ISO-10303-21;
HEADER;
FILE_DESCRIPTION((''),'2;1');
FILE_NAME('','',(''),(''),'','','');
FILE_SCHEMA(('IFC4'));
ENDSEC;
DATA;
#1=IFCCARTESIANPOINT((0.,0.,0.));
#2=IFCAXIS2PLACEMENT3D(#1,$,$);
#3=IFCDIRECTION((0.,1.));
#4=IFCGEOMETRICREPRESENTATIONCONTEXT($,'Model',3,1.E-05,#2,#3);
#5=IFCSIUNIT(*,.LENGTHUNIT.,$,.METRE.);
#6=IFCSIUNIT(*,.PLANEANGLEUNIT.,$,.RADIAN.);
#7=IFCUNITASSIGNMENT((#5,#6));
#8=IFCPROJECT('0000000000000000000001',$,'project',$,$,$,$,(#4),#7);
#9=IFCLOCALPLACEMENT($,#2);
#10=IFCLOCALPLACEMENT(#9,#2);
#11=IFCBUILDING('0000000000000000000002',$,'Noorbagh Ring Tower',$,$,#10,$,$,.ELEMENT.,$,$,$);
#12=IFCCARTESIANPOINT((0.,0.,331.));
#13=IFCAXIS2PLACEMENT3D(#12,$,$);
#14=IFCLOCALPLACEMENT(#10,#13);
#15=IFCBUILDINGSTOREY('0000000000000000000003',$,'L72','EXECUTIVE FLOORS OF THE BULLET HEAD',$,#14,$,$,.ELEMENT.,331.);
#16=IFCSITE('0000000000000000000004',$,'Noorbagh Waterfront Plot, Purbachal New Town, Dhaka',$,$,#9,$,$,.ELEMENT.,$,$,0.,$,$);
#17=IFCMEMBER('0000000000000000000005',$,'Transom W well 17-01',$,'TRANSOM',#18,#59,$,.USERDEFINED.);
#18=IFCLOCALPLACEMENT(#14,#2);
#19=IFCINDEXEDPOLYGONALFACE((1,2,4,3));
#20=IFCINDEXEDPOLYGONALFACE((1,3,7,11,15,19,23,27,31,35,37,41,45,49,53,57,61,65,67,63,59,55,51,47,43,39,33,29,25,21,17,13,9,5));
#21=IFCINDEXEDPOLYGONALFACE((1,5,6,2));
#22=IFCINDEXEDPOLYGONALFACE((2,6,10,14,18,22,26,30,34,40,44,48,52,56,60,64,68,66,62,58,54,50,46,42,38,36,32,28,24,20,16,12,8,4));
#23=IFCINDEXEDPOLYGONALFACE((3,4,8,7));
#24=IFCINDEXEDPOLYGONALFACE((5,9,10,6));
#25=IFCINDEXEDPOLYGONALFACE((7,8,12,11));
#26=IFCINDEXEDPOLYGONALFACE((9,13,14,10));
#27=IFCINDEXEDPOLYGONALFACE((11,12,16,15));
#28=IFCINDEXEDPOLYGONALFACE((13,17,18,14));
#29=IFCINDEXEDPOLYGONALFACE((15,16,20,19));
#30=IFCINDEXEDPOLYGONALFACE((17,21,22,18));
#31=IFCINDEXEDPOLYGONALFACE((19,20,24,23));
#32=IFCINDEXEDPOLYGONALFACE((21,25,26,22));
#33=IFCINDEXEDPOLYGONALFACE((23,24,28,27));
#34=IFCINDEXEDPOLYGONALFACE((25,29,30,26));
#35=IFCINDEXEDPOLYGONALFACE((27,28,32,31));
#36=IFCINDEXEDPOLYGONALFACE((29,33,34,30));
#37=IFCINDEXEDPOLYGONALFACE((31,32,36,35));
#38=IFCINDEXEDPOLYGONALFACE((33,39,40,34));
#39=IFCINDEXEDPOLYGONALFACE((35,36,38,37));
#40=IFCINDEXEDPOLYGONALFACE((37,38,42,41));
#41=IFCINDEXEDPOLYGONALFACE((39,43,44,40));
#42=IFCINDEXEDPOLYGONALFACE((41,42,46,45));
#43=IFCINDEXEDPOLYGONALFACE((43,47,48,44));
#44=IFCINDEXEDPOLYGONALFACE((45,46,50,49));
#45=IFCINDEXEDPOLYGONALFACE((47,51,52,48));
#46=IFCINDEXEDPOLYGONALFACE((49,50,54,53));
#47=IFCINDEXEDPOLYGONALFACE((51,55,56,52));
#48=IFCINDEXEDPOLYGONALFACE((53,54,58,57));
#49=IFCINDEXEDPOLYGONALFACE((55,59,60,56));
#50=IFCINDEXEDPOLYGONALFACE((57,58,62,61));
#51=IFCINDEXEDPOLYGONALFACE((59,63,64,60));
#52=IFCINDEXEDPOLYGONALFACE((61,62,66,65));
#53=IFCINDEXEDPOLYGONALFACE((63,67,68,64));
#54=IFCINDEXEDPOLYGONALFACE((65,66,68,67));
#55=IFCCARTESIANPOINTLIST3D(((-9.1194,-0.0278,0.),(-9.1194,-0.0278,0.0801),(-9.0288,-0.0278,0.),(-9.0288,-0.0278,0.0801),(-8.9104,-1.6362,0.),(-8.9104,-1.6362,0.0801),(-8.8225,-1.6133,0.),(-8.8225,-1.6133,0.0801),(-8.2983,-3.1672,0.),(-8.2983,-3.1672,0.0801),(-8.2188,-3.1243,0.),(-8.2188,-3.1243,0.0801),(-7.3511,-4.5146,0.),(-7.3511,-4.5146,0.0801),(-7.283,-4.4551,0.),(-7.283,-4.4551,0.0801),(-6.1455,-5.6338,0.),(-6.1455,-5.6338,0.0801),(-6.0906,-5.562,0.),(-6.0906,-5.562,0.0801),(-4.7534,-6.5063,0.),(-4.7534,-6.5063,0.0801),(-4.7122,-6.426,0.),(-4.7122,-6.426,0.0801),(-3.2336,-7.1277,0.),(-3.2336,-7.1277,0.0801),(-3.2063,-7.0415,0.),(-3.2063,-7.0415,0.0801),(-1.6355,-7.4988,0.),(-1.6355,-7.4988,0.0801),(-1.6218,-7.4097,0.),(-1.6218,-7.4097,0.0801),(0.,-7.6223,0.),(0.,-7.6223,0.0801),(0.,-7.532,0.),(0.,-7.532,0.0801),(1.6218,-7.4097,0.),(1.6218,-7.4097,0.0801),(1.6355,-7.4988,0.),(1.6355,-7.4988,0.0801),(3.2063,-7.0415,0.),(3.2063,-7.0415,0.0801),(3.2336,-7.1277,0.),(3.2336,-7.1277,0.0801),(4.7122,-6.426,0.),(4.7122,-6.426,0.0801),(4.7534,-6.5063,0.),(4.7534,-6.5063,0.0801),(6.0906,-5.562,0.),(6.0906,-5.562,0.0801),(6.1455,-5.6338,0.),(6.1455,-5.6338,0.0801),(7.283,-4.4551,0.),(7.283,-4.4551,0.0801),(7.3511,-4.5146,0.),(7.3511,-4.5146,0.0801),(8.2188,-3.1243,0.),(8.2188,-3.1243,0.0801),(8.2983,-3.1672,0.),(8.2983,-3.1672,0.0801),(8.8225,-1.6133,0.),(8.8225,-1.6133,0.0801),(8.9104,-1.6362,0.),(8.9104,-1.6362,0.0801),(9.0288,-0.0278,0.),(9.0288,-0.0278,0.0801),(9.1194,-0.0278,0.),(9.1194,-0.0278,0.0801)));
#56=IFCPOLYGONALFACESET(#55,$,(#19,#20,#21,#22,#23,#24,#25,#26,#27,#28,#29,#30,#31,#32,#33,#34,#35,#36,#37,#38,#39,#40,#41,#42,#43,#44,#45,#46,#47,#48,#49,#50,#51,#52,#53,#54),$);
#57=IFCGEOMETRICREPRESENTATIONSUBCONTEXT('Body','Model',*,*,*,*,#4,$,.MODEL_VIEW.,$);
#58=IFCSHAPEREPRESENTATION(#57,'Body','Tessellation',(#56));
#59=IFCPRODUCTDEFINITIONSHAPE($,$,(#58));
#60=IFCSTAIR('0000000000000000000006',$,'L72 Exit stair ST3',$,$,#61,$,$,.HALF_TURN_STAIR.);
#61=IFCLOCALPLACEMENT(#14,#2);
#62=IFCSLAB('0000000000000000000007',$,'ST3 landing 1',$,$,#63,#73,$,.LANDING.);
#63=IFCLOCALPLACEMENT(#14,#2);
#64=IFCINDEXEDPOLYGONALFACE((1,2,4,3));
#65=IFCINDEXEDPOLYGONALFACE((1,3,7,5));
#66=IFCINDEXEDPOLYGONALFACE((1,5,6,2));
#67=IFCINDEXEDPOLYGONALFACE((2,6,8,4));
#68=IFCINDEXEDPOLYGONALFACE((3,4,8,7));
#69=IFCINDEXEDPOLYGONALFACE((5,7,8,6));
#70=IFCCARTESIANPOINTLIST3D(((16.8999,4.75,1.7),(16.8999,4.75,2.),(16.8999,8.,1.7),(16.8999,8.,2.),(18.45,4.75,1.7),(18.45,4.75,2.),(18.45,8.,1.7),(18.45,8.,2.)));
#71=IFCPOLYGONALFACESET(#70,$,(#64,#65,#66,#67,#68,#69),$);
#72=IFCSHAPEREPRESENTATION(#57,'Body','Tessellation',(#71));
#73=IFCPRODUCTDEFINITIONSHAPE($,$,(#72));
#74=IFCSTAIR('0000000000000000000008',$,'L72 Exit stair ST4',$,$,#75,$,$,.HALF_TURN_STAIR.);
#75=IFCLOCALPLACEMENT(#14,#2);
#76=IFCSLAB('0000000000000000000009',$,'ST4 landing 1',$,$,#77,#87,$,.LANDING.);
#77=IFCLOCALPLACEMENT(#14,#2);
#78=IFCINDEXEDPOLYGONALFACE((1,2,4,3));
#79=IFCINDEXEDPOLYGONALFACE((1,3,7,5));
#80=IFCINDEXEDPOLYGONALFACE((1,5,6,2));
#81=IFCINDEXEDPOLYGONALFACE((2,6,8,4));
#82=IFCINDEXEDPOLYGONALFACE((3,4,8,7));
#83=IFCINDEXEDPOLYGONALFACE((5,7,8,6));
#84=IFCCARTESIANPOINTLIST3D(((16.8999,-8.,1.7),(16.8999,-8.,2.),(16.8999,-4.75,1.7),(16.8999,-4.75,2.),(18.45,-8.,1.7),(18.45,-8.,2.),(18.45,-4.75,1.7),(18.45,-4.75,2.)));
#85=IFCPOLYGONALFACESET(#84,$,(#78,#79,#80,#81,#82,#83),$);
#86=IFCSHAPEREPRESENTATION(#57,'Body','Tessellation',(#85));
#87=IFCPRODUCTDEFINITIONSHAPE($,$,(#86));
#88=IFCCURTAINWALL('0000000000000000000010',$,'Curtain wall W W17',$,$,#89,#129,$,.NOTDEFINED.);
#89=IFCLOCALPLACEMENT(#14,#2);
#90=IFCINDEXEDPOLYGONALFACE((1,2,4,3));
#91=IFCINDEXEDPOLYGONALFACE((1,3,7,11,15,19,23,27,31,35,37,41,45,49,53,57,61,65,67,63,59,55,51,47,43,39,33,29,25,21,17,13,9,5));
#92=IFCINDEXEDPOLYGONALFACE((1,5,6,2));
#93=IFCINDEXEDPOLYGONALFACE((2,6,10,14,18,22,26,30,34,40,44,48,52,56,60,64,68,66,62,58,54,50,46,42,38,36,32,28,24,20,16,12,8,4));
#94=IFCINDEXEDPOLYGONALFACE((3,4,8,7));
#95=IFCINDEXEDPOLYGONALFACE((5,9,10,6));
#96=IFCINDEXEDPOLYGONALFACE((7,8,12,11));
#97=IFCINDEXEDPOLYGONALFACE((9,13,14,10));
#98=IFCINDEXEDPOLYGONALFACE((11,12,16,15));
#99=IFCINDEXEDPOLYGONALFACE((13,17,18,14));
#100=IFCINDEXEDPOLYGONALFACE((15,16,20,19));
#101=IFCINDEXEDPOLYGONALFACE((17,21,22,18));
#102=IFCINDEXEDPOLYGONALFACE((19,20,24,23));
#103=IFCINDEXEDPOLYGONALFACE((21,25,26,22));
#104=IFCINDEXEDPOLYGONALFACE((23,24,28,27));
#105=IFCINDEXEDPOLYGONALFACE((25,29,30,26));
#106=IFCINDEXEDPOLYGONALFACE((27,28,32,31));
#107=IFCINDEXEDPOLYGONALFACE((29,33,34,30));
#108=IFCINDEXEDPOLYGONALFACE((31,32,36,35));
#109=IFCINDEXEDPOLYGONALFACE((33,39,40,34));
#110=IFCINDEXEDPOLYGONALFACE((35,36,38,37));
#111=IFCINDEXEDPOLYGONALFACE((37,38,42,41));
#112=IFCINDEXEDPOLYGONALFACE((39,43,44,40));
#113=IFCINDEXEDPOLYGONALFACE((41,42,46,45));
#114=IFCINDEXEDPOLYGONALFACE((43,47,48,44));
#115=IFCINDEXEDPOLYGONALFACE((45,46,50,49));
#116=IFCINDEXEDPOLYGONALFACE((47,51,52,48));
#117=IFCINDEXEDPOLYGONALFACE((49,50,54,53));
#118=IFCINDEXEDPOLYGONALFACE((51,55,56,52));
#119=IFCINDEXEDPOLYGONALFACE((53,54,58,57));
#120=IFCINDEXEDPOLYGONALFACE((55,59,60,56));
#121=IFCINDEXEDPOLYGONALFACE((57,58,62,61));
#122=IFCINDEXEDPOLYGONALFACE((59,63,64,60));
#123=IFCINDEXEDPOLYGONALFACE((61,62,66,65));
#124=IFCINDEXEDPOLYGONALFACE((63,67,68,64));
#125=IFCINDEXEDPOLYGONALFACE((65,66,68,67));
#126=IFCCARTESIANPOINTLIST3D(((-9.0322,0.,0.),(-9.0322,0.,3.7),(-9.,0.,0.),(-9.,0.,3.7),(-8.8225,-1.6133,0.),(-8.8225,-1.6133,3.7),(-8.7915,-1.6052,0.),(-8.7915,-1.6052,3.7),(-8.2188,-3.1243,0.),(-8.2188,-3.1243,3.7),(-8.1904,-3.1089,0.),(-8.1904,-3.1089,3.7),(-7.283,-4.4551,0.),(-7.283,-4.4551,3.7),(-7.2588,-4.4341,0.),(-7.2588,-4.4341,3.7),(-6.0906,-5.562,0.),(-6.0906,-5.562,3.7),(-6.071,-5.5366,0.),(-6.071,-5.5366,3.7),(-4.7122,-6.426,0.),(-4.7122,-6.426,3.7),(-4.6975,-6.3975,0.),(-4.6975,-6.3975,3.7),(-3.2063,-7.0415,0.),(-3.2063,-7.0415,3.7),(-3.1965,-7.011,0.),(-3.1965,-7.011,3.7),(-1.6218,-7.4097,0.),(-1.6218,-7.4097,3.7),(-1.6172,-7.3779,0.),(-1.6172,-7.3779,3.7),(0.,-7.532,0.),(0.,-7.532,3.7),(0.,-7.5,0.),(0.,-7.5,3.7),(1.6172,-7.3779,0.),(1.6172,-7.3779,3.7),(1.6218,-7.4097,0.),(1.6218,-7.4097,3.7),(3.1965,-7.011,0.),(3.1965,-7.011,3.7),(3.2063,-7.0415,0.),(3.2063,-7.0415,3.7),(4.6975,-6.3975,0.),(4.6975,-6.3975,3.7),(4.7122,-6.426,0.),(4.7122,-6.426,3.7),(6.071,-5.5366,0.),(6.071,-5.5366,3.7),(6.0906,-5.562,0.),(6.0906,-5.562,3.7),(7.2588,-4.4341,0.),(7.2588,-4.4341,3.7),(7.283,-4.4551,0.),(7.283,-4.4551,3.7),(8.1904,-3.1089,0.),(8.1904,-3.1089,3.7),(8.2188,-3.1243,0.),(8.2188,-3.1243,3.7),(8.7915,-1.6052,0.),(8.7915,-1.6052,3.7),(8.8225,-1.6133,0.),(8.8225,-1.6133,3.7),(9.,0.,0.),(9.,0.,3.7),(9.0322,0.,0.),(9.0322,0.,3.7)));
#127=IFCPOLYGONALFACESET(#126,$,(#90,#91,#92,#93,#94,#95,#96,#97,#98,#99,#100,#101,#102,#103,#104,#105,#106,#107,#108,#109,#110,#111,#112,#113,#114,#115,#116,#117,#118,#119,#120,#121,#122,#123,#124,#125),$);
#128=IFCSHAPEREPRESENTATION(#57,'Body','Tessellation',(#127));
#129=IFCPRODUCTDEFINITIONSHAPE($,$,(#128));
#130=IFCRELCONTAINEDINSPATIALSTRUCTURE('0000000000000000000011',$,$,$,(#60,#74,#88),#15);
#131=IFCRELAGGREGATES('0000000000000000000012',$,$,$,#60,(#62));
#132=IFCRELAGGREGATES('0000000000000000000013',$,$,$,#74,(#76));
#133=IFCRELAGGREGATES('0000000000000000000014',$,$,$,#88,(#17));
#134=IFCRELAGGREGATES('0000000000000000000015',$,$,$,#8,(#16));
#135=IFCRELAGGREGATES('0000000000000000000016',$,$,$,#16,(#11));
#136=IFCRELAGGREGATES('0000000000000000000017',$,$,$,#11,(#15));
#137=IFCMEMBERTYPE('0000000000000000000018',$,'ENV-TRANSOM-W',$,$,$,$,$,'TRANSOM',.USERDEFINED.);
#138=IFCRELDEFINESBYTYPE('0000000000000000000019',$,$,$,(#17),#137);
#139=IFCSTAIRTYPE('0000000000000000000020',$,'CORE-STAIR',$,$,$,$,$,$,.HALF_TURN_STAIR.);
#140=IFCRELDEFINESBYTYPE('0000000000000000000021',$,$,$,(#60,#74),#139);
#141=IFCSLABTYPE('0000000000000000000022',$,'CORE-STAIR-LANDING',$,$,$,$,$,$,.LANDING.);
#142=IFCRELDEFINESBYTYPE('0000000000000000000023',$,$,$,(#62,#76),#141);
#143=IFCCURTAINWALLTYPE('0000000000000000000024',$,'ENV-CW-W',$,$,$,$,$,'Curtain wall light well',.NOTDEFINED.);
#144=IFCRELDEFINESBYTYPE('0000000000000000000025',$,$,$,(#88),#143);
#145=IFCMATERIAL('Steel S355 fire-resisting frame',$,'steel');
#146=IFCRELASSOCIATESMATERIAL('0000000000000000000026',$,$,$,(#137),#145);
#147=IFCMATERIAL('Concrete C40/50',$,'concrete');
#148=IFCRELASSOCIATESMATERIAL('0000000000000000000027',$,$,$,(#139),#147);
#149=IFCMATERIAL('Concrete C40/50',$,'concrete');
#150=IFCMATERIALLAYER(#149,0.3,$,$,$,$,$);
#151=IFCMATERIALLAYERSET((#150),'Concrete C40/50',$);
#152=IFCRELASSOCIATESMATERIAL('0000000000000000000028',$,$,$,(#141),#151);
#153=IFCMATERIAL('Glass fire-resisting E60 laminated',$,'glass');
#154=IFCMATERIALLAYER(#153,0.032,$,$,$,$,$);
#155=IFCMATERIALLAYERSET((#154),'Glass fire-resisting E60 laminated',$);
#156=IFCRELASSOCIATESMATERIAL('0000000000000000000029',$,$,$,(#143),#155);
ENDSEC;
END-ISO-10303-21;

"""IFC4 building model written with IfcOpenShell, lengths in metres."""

from ifc_helpers import new_model, si_unit, direction, frame, origin, place, context, subcontext, project, spatial, polyline, outline, extrude, material, layer, layer_set, type_object, element, aggregate, save


model = new_model("IFC4")

# Units and contexts
model_context = context("Model", 3, precision=1e-05, world=origin(), true_north=direction((0.0, 1.0)))
body_context = subcontext(model_context, "Body", "Model", "MODEL_VIEW")
ifc_project = project(units=[si_unit("LENGTHUNIT", "METRE"), si_unit("PLANEANGLEUNIT", "RADIAN")], contexts=[model_context])

# Member
ifc_material_1 = material(Name="Steel S355 fire-resisting frame", Category="steel")
member_type = type_object("IfcMemberType", Name="ENV-TRANSOM-W", ElementType="TRANSOM", PredefinedType="USERDEFINED", material=ifc_material_1)
site_placement = place(None, origin())
building_placement = place(site_placement, origin())
storey_placement = place(building_placement, frame((0.0, 0.0, 331.0)))
member_placement = place(storey_placement, origin())
member = element("IfcMember", 1, at=member_placement, type_object=member_type, Name="Transom W well 17-01", ObjectType="TRANSOM", PredefinedType="USERDEFINED", context=body_context, shape_type="SweptSolid", body=[
    extrude(outline(polyline([(-9.1194, -0.0278), (-8.9104, -1.6362), (-8.2983, -3.1672), (-7.3511, -4.5146), (-6.1455, -5.6338), (-4.7534, -6.5063), (-3.2336, -7.1277), (-1.6355, -7.4988), (0.0, -7.6223), (1.6355, -7.4988), (3.2336, -7.1277), (4.7534, -6.5063), (6.1455, -5.6338), (7.3511, -4.5146), (8.2983, -3.1672), (8.9104, -1.6362), (9.1194, -0.0278), (9.0288, -0.0278), (8.8225, -1.6133), (8.2188, -3.1243), (7.283, -4.4551), (6.0906, -5.562), (4.7122, -6.426), (3.2063, -7.0415), (1.6218, -7.4097), (0.0, -7.532), (-1.6218, -7.4097), (-3.2063, -7.0415), (-4.7122, -6.426), (-6.0906, -5.562), (-7.283, -4.4551), (-8.2188, -3.1243), (-8.8225, -1.6133), (-9.0288, -0.0278), (-9.1194, -0.0278)])), origin(), (0.0, 0.0, 1.0), 0.0801),
])

# Site, building, storey
site = spatial("IfcSite", under=ifc_project, at=site_placement, Name="Noorbagh Waterfront Plot, Purbachal New Town, Dhaka", CompositionType="ELEMENT", RefElevation=0.0)
building = spatial("IfcBuilding", under=site, at=building_placement, Name="Noorbagh Ring Tower", CompositionType="ELEMENT")
storey = spatial("IfcBuildingStorey", under=building, at=storey_placement, Name="L72", Description="EXECUTIVE FLOORS OF THE BULLET HEAD", CompositionType="ELEMENT", Elevation=331.0)

# Stairs, slabs
ifc_material_2 = material(Name="Concrete C40/50", Category="concrete")
stair_type = type_object("IfcStairType", Name="CORE-STAIR", PredefinedType="HALF_TURN_STAIR", material=ifc_material_2)
stair_1_placement = place(storey_placement, origin())
stair_1 = element("IfcStair", 2, at=stair_1_placement, inside=storey, type_object=stair_type, Name="L72 Exit stair ST3", PredefinedType="HALF_TURN_STAIR")
ifc_material_3 = material(Name="Concrete C40/50", Category="concrete")
ifc_layer_1 = layer(ifc_material_3, 0.3)
ifc_layer_set_1 = layer_set([ifc_layer_1], Name="Concrete C40/50")
slab_type = type_object("IfcSlabType", Name="CORE-STAIR-LANDING", PredefinedType="LANDING", material=ifc_layer_set_1)
slab_1_placement = place(storey_placement, frame((0.0, 0.0, 1.7)))
slab_1 = element("IfcSlab", 3, at=slab_1_placement, type_object=slab_type, Name="ST3 landing 1", PredefinedType="LANDING", context=body_context, shape_type="SweptSolid", body=[
    extrude(outline(polyline([(18.45, 8.0), (16.8999, 8.0), (16.8999, 4.75), (18.45, 4.75), (18.45, 8.0)])), origin(), (0.0, 0.0, 1.0), 0.3),
])
aggregate(stair_1, [slab_1])
stair_2_placement = place(storey_placement, origin())
stair_2 = element("IfcStair", 4, at=stair_2_placement, inside=storey, type_object=stair_type, Name="L72 Exit stair ST4", PredefinedType="HALF_TURN_STAIR")
slab_2_placement = place(storey_placement, frame((0.0, 0.0, 1.7)))
slab_2 = element("IfcSlab", 5, at=slab_2_placement, type_object=slab_type, Name="ST4 landing 1", PredefinedType="LANDING", context=body_context, shape_type="SweptSolid", body=[
    extrude(outline(polyline([(18.45, -4.75), (16.8999, -4.75), (16.8999, -8.0), (18.45, -8.0), (18.45, -4.75)])), origin(), (0.0, 0.0, 1.0), 0.3),
])
aggregate(stair_2, [slab_2])

# Curtain wall
ifc_material_4 = material(Name="Glass fire-resisting E60 laminated", Category="glass")
ifc_layer_2 = layer(ifc_material_4, 0.032)
ifc_layer_set_2 = layer_set([ifc_layer_2], Name="Glass fire-resisting E60 laminated")
curtain_wall_type = type_object("IfcCurtainWallType", Name="ENV-CW-W", ElementType="Curtain wall light well", PredefinedType="NOTDEFINED", material=ifc_layer_set_2)
curtain_wall_placement = place(storey_placement, origin())
curtain_wall = element("IfcCurtainWall", 6, at=curtain_wall_placement, inside=storey, type_object=curtain_wall_type, Name="Curtain wall W W17", PredefinedType="NOTDEFINED", context=body_context, shape_type="SweptSolid", body=[
    extrude(outline(polyline([(-9.0322, 0.0), (-8.8225, -1.6133), (-8.2188, -3.1243), (-7.283, -4.4551), (-6.0906, -5.562), (-4.7122, -6.426), (-3.2063, -7.0415), (-1.6218, -7.4097), (0.0, -7.532), (1.6218, -7.4097), (3.2063, -7.0415), (4.7122, -6.426), (6.0906, -5.562), (7.283, -4.4551), (8.2188, -3.1243), (8.8225, -1.6133), (9.0322, 0.0), (9.0, 0.0), (8.7915, -1.6052), (8.1904, -3.1089), (7.2588, -4.4341), (6.071, -5.5366), (4.6975, -6.3975), (3.1965, -7.011), (1.6172, -7.3779), (0.0, -7.5), (-1.6172, -7.3779), (-3.1965, -7.011), (-4.6975, -6.3975), (-6.071, -5.5366), (-7.2588, -4.4341), (-8.1904, -3.1089), (-8.7915, -1.6052), (-9.0, 0.0), (-9.0322, 0.0)])), origin(), (0.0, 0.0, 1.0), 3.7),
])
aggregate(curtain_wall, [member])

save(model, "model.ifc")
